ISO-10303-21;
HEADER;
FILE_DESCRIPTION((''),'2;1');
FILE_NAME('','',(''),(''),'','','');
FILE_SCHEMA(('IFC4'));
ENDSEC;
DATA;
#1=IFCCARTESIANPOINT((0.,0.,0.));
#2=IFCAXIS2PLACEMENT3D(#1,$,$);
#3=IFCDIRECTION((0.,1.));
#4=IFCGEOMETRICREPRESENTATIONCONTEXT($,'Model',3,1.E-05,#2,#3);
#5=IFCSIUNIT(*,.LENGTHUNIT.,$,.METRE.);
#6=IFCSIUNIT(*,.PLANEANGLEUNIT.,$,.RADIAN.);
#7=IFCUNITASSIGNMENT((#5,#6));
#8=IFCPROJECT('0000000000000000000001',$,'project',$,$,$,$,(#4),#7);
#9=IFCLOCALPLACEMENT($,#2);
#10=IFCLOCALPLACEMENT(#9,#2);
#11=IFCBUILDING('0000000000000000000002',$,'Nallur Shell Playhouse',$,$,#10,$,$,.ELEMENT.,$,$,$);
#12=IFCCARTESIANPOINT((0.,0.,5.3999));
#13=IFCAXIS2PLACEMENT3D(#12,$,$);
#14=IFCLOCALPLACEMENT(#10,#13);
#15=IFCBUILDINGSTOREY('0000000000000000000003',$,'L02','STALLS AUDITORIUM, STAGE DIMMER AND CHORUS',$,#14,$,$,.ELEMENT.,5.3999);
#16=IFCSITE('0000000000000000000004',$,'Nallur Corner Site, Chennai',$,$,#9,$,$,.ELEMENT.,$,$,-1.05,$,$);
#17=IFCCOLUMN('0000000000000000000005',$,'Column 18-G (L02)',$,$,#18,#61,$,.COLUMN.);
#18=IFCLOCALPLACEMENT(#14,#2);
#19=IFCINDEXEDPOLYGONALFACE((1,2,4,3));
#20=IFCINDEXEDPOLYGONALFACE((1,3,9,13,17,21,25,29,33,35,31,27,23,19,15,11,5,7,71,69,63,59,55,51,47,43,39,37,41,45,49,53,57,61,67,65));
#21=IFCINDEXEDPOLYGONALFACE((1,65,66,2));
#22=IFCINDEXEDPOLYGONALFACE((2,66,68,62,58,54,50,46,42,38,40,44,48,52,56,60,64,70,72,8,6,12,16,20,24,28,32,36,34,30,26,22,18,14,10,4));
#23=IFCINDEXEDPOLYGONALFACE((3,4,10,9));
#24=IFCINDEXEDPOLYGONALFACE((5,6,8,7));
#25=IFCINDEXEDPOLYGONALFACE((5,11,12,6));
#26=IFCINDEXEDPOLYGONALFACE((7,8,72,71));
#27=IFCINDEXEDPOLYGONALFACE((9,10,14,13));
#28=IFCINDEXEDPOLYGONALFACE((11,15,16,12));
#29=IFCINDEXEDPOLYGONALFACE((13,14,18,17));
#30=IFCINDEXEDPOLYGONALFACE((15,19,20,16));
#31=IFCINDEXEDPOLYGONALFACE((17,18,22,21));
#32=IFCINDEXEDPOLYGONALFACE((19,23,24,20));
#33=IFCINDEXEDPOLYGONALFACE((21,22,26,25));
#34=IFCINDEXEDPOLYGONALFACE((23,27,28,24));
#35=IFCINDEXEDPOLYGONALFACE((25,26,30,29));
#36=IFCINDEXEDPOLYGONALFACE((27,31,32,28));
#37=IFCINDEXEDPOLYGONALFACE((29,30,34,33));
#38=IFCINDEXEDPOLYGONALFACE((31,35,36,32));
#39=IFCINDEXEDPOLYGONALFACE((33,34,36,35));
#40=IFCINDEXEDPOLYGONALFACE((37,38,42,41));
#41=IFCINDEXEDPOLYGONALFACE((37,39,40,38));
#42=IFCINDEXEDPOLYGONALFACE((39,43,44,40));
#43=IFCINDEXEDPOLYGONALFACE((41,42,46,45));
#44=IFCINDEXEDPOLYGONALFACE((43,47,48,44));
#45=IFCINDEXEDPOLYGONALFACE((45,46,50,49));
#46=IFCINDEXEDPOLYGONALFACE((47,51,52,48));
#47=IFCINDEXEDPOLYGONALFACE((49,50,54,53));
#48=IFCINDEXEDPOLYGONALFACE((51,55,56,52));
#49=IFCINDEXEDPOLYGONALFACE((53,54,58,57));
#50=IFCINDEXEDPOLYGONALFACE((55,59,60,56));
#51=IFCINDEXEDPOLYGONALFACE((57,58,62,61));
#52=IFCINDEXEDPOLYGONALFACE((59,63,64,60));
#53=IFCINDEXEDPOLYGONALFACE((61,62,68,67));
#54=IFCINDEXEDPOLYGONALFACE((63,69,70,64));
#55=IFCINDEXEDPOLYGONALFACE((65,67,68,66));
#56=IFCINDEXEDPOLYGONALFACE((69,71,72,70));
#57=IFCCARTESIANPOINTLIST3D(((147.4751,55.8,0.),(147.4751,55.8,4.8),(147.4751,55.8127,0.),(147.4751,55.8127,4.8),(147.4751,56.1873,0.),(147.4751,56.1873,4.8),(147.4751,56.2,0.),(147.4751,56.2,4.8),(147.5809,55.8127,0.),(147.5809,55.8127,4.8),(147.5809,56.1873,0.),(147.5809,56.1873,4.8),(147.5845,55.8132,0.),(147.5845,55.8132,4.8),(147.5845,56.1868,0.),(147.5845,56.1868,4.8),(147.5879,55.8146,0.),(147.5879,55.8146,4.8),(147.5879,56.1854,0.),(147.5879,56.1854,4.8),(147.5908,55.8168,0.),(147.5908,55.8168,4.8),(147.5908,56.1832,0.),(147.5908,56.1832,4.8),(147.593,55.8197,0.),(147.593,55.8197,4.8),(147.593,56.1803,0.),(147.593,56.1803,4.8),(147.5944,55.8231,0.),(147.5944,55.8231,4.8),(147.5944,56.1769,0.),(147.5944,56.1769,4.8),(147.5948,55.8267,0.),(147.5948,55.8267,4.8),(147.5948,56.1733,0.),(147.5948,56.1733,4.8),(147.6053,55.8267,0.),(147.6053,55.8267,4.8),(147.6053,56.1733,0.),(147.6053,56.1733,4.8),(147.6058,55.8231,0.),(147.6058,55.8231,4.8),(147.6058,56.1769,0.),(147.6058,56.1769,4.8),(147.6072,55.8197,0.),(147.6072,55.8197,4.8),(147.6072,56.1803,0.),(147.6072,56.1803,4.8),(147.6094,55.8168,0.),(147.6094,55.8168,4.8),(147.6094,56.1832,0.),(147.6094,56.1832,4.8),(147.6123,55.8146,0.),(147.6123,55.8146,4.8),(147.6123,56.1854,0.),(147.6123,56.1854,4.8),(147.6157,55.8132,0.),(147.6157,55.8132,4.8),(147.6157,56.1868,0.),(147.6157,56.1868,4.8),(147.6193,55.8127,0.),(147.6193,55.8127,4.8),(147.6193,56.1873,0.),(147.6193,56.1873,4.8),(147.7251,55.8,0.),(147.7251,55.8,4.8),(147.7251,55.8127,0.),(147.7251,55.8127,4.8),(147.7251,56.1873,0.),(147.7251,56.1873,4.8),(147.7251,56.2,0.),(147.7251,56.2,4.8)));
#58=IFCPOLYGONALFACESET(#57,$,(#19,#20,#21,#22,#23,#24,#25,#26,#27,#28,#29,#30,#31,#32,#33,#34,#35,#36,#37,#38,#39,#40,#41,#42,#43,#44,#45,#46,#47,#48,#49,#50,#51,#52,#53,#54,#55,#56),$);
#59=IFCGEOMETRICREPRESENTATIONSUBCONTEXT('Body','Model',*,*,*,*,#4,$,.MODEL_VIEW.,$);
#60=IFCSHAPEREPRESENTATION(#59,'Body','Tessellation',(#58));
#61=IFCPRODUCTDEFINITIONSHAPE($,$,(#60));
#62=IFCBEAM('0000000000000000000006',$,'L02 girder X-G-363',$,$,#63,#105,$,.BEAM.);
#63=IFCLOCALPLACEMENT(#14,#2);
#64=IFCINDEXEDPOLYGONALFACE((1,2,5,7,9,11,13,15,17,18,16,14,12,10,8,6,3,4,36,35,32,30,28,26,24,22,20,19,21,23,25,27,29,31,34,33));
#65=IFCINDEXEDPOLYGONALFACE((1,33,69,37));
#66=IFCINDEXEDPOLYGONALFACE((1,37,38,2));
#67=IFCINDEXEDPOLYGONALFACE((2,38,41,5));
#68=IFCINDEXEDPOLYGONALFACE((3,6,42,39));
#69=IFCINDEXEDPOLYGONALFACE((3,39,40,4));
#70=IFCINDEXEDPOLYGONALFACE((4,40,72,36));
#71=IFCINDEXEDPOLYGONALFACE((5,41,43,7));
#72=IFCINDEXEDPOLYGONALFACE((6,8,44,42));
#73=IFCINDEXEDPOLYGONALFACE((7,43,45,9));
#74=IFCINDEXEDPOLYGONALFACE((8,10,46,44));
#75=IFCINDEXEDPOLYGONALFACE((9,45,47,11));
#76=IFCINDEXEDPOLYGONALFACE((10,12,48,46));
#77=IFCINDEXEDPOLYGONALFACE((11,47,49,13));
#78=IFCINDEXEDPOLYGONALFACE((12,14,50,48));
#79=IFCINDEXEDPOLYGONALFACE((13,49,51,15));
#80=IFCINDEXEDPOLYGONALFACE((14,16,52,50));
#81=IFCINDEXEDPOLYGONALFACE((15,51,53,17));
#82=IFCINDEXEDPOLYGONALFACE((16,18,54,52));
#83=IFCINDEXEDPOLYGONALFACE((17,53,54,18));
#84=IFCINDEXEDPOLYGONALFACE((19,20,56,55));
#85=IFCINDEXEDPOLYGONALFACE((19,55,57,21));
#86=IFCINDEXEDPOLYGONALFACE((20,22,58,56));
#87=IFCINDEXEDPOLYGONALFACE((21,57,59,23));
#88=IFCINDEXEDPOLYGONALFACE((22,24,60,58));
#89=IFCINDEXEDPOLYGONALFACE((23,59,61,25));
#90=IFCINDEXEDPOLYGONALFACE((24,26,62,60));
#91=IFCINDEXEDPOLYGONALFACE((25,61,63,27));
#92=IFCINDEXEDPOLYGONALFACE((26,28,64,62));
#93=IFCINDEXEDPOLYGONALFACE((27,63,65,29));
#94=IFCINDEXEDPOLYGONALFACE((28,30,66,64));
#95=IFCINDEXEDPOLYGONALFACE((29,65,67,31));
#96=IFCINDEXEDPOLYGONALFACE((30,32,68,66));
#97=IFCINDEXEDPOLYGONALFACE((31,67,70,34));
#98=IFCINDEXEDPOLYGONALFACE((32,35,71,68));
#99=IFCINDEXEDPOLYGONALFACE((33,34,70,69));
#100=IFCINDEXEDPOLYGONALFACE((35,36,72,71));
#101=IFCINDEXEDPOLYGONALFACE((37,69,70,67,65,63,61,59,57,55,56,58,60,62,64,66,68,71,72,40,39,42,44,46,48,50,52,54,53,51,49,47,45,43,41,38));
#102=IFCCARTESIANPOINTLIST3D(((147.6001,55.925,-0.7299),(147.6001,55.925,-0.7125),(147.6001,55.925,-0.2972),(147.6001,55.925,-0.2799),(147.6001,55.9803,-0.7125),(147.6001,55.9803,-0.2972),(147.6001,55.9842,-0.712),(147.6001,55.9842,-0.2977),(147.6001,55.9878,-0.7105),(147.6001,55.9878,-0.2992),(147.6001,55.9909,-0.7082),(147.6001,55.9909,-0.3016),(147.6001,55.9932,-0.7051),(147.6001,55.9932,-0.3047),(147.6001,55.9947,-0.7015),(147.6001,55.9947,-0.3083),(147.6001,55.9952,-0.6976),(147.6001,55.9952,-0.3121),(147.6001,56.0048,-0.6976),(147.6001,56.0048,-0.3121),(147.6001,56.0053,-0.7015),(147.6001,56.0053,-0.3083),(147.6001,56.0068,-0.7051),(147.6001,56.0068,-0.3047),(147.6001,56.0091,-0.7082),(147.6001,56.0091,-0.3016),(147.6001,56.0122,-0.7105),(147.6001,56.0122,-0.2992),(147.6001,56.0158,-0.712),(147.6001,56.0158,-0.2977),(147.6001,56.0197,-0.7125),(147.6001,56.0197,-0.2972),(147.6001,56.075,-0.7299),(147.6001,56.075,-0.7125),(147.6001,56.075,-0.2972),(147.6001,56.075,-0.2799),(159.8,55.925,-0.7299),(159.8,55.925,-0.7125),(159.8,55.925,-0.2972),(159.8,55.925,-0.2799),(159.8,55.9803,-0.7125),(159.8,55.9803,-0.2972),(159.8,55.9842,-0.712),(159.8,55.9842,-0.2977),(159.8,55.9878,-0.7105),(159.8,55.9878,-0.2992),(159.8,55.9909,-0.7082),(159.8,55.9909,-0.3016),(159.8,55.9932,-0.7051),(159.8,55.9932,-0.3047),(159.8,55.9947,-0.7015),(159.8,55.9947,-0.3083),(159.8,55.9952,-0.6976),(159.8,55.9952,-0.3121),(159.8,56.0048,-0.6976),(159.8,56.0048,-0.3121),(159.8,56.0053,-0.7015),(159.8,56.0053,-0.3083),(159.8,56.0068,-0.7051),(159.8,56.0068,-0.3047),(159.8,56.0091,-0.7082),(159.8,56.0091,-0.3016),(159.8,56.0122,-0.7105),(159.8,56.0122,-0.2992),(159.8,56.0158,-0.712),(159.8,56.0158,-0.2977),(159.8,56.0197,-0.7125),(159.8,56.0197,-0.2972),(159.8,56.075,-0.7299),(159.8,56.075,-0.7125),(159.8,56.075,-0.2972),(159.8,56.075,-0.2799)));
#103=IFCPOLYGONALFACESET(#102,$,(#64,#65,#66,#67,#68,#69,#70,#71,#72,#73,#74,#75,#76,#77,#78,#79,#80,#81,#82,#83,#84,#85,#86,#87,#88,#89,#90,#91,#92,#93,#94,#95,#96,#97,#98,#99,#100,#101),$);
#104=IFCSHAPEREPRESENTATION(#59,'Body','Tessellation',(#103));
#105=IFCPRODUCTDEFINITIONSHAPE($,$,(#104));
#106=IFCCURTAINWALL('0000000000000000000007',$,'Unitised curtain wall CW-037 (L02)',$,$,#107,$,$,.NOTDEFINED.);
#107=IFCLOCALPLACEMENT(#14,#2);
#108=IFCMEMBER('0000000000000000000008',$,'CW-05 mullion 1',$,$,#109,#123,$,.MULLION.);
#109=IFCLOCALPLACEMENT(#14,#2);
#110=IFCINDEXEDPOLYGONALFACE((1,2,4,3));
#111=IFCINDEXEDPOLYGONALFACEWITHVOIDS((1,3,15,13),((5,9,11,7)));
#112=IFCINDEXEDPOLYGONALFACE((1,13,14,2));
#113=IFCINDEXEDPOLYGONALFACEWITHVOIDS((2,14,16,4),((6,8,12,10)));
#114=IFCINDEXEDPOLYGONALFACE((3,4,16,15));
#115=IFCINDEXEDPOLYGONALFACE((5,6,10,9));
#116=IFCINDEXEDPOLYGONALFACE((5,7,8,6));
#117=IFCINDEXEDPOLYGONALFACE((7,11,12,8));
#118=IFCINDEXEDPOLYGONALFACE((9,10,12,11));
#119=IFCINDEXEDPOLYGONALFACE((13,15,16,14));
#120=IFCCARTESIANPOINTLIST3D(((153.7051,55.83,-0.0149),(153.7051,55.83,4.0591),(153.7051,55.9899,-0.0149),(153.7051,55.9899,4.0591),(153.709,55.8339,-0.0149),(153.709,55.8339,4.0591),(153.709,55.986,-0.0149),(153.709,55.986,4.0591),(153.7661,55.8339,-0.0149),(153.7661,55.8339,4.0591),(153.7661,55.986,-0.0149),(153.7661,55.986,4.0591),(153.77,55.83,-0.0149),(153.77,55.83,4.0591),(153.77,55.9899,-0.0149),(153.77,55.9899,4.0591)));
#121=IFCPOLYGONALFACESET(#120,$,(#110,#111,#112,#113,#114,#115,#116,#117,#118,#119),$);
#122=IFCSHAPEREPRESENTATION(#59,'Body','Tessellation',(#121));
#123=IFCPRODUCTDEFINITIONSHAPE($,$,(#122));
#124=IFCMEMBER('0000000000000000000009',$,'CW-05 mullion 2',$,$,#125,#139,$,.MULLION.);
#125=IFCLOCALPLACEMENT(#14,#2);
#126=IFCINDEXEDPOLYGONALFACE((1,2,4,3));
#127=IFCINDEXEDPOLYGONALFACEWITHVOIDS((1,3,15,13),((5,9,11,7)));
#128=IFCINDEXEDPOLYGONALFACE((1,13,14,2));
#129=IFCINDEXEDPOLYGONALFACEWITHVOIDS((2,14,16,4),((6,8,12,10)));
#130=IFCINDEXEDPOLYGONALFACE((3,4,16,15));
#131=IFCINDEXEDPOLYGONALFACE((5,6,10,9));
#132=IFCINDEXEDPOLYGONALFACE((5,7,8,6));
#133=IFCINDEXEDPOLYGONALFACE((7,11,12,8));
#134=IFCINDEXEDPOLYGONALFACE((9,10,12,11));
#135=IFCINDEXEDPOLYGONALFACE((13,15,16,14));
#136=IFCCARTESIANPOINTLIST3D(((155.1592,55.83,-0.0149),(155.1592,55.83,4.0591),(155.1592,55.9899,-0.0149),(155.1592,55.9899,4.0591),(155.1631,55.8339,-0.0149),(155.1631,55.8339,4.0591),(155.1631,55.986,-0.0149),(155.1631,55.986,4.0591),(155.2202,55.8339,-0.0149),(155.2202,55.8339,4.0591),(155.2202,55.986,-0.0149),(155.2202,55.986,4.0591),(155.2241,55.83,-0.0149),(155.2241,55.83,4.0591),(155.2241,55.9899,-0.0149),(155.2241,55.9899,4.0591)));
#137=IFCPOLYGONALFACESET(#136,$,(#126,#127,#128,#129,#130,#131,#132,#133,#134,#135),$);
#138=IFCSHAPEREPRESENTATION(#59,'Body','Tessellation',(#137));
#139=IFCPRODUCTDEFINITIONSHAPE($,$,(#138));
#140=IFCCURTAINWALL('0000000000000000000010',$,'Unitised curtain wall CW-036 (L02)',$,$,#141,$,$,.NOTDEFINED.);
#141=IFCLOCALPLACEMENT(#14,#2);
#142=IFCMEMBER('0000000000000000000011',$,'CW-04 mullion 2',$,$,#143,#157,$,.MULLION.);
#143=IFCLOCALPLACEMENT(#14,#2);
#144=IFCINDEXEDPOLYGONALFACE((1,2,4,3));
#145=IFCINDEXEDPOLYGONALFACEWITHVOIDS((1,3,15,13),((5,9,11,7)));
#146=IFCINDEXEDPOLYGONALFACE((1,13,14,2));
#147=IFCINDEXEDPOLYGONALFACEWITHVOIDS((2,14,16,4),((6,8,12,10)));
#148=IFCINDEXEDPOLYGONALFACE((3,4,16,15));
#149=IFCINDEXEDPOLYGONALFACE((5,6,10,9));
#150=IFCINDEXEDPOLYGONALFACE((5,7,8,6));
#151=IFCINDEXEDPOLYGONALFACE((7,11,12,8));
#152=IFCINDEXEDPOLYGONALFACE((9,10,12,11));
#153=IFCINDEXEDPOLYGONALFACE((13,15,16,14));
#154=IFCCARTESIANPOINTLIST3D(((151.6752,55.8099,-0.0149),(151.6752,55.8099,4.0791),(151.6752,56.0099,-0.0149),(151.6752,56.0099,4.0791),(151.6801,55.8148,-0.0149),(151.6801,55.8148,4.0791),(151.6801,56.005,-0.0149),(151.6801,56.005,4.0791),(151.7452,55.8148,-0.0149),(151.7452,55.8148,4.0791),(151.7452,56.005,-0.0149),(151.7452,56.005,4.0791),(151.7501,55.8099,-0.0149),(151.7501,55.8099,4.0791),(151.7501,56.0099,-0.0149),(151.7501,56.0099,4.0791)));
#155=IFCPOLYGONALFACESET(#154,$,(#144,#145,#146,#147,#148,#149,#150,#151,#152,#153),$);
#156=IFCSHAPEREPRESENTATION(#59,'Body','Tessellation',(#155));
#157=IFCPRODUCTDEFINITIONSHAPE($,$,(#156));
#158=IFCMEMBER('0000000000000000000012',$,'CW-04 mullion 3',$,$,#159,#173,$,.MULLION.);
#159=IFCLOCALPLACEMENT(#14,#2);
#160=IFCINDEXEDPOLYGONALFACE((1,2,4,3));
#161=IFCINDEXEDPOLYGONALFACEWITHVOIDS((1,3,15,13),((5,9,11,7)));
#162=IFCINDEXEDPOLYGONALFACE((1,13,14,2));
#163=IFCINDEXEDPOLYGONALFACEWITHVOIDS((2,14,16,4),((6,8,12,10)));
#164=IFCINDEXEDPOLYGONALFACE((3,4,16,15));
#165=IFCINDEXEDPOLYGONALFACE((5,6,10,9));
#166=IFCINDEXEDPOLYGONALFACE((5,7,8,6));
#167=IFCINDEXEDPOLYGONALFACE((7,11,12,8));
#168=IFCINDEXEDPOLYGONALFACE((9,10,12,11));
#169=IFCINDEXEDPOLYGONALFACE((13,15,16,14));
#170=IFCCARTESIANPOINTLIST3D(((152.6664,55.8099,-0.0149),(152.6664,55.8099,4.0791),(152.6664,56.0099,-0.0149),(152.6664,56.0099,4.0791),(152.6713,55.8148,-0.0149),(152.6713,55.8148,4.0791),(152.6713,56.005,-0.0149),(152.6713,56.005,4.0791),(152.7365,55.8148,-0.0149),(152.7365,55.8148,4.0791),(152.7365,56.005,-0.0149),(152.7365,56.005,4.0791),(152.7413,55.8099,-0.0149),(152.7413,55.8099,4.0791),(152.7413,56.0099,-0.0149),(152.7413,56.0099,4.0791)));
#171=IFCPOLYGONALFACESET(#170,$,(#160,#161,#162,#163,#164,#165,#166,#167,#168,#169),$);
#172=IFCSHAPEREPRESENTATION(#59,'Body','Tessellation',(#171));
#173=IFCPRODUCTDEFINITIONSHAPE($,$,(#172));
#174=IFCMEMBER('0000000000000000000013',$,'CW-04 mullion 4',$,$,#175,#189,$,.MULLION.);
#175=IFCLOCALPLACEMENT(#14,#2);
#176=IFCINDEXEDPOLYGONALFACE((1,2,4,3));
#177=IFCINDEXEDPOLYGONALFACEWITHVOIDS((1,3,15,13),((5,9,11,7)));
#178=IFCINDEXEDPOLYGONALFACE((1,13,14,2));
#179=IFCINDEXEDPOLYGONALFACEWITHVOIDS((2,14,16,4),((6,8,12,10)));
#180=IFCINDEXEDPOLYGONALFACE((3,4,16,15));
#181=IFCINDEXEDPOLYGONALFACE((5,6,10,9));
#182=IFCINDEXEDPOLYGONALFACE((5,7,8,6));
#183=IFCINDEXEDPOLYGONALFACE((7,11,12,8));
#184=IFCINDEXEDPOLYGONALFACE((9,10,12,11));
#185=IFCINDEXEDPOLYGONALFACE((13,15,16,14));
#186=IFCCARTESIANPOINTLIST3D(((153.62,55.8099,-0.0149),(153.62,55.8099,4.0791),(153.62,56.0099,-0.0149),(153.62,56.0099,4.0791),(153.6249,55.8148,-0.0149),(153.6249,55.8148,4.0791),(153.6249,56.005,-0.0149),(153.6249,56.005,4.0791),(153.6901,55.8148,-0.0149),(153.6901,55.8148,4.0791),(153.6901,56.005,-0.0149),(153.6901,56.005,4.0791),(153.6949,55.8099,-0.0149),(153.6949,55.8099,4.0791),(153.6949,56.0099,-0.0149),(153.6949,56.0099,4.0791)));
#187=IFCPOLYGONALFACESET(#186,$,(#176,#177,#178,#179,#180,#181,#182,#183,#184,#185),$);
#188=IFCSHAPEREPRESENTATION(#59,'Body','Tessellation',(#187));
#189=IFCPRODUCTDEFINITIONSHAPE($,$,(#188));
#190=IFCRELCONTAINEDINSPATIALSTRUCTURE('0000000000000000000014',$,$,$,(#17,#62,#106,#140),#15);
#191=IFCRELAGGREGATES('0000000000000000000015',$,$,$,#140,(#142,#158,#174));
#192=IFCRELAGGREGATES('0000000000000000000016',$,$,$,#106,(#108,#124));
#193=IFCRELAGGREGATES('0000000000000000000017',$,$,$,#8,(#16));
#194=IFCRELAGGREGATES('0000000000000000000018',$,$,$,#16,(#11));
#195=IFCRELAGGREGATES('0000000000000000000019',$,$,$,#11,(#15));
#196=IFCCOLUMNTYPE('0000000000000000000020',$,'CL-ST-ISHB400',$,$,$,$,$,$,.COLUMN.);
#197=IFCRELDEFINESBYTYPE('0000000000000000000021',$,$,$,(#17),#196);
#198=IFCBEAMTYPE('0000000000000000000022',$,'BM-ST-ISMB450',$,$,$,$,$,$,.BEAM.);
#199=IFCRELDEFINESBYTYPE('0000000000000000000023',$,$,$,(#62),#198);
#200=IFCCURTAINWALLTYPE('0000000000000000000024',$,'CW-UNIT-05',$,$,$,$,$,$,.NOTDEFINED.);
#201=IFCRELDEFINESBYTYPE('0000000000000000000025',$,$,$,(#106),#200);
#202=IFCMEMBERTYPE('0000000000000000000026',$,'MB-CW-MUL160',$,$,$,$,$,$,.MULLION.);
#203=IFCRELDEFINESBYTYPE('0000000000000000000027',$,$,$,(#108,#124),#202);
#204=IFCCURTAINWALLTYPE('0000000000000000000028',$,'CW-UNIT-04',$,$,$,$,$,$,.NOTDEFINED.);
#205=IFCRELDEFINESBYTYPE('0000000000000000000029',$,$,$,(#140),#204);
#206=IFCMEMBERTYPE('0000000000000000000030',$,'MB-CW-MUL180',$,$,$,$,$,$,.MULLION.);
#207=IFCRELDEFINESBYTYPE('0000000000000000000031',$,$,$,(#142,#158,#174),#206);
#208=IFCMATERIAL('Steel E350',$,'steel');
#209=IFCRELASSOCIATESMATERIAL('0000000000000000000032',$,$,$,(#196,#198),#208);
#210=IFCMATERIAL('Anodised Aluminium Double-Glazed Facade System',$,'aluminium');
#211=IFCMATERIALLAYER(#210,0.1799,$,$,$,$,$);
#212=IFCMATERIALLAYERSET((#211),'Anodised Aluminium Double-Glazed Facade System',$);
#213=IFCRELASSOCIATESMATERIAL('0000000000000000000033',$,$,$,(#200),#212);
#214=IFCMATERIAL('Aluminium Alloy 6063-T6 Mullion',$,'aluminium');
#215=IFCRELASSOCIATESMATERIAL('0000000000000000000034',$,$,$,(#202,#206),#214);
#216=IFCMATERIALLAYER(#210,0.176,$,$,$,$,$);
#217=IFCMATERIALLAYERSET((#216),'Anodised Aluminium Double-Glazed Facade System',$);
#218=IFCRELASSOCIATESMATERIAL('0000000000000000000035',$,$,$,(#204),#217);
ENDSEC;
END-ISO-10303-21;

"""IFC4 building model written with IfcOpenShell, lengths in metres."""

from ifc_helpers import new_model, si_unit, direction, frame, origin, origin_2d, place, context, subcontext, project, spatial, hollow_rectangle, i_section, extrude, material, layer, layer_set, material_profile, profile_set, type_object, element, aggregate, save


model = new_model("IFC4")

# Units and contexts
model_context = context("Model", 3, precision=1e-05, world=origin(), true_north=direction((0.0, 1.0)))
body_context = subcontext(model_context, "Body", "Model", "MODEL_VIEW")
ifc_project = project(units=[si_unit("LENGTHUNIT", "METRE"), si_unit("PLANEANGLEUNIT", "RADIAN")], contexts=[model_context])

# Site, building, storey
site_placement = place(None, origin())
site = spatial("IfcSite", under=ifc_project, at=site_placement, Name="Nallur Corner Site, Chennai", CompositionType="ELEMENT", RefElevation=-1.05)
building_placement = place(site_placement, origin())
building = spatial("IfcBuilding", under=site, at=building_placement, Name="Nallur Shell Playhouse", CompositionType="ELEMENT")
storey_placement = place(building_placement, frame((0.0, 0.0, 5.3999)))
storey = spatial("IfcBuildingStorey", under=building, at=storey_placement, Name="L02", Description="STALLS AUDITORIUM, STAGE DIMMER AND CHORUS", CompositionType="ELEMENT", Elevation=5.3999)

# Column
ifc_material_1 = material(Name="Steel E350", Category="steel")
ifc_material_profile_1 = material_profile(ifc_material_1, i_section(OverallWidth=0.25, OverallDepth=0.3999, WebThickness=0.0105, FlangeThickness=0.0127, FilletRadius=0.0139, at=origin_2d()), Name="ISHB 400")
ifc_profile_set_1 = profile_set([ifc_material_profile_1], Name="Steel E350")
column_type = type_object("IfcColumnType", Name="CL-ST-ISHB400", PredefinedType="COLUMN", material=ifc_profile_set_1)
column_placement = place(storey_placement, frame((147.6001, 56.0, 0.0), z_axis=(0.0, 0.0, 1.0), x_axis=(1.0, 0.0, 0.0)))
element("IfcColumn", 1, at=column_placement, inside=storey, type_object=column_type, Name="Column 18-G (L02)", PredefinedType="COLUMN", context=body_context, shape_type="SweptSolid", body=[
    extrude(i_section(OverallWidth=0.25, OverallDepth=0.3999, WebThickness=0.0105, FlangeThickness=0.0127, FilletRadius=0.0139, at=origin_2d()), origin(), (0.0, 0.0, 1.0), 4.8),
])

# Beam
ifc_material_profile_2 = material_profile(ifc_material_1, i_section(OverallWidth=0.1499, OverallDepth=0.45, WebThickness=0.0095, FlangeThickness=0.0173, FilletRadius=0.0149, at=origin_2d()), Name="ISMB 450")
ifc_profile_set_2 = profile_set([ifc_material_profile_2], Name="Steel E350")
beam_type = type_object("IfcBeamType", Name="BM-ST-ISMB450", PredefinedType="BEAM", material=ifc_profile_set_2)
beam_placement = place(storey_placement, frame((147.6001, 56.0, -0.5049), z_axis=(1.0, 0.0, 0.0), x_axis=(0.0, 1.0, 0.0)))
element("IfcBeam", 2, at=beam_placement, inside=storey, type_object=beam_type, Name="L02 girder X-G-363", PredefinedType="BEAM", context=body_context, shape_type="SweptSolid", body=[
    extrude(i_section(OverallWidth=0.1499, OverallDepth=0.45, WebThickness=0.0095, FlangeThickness=0.0173, FilletRadius=0.0149, at=origin_2d()), origin(), (0.0, 0.0, 1.0), 12.2),
])

# Curtain walls, members
ifc_material_2 = material(Name="Anodised Aluminium Double-Glazed Facade System", Category="aluminium")
ifc_layer_1 = layer(ifc_material_2, 0.1799)
ifc_layer_set_1 = layer_set([ifc_layer_1], Name="Anodised Aluminium Double-Glazed Facade System")
curtain_wall_type_1 = type_object("IfcCurtainWallType", Name="CW-UNIT-05", PredefinedType="NOTDEFINED", material=ifc_layer_set_1)
curtain_wall_1_placement = place(storey_placement, origin())
curtain_wall_1 = element("IfcCurtainWall", 3, at=curtain_wall_1_placement, inside=storey, type_object=curtain_wall_type_1, Name="Unitised curtain wall CW-037 (L02)", PredefinedType="NOTDEFINED")
ifc_material_3 = material(Name="Aluminium Alloy 6063-T6 Mullion", Category="aluminium")
ifc_material_profile_3 = material_profile(ifc_material_3, hollow_rectangle(XDim=0.0649, YDim=0.1599, WallThickness=0.0039, at=origin_2d()), Name="ALU 65x160x4")
ifc_profile_set_3 = profile_set([ifc_material_profile_3], Name="Aluminium Alloy 6063-T6 Mullion")
member_type_1 = type_object("IfcMemberType", Name="MB-CW-MUL160", PredefinedType="MULLION", material=ifc_profile_set_3)
member_1_placement = place(storey_placement, frame((153.7375, 55.9099, -0.0149), z_axis=(0.0, 0.0, 1.0), x_axis=(1.0, 0.0, 0.0)))
member_1 = element("IfcMember", 4, at=member_1_placement, type_object=member_type_1, Name="CW-05 mullion 1", PredefinedType="MULLION", context=body_context, shape_type="SweptSolid", body=[
    extrude(hollow_rectangle(XDim=0.0649, YDim=0.1599, WallThickness=0.0039, at=origin_2d()), origin(), (0.0, 0.0, 1.0), 4.074),
])
member_2_placement = place(storey_placement, frame((155.1917, 55.9099, -0.0149), z_axis=(0.0, 0.0, 1.0), x_axis=(1.0, 0.0, 0.0)))
member_2 = element("IfcMember", 5, at=member_2_placement, type_object=member_type_1, Name="CW-05 mullion 2", PredefinedType="MULLION", context=body_context, shape_type="SweptSolid", body=[
    extrude(hollow_rectangle(XDim=0.0649, YDim=0.1599, WallThickness=0.0039, at=origin_2d()), origin(), (0.0, 0.0, 1.0), 4.074),
])
ifc_layer_2 = layer(ifc_material_2, 0.176)
ifc_layer_set_2 = layer_set([ifc_layer_2], Name="Anodised Aluminium Double-Glazed Facade System")
curtain_wall_type_2 = type_object("IfcCurtainWallType", Name="CW-UNIT-04", PredefinedType="NOTDEFINED", material=ifc_layer_set_2)
curtain_wall_2_placement = place(storey_placement, origin())
curtain_wall_2 = element("IfcCurtainWall", 6, at=curtain_wall_2_placement, inside=storey, type_object=curtain_wall_type_2, Name="Unitised curtain wall CW-036 (L02)", PredefinedType="NOTDEFINED")
ifc_material_profile_4 = material_profile(ifc_material_3, hollow_rectangle(XDim=0.075, YDim=0.2, WallThickness=0.0049, at=origin_2d()), Name="ALU 75x200x5")
ifc_profile_set_4 = profile_set([ifc_material_profile_4], Name="Aluminium Alloy 6063-T6 Mullion")
member_type_2 = type_object("IfcMemberType", Name="MB-CW-MUL180", PredefinedType="MULLION", material=ifc_profile_set_4)
member_3_placement = place(storey_placement, frame((151.7126, 55.9099, -0.0149), z_axis=(0.0, 0.0, 1.0), x_axis=(1.0, 0.0, 0.0)))
member_3 = element("IfcMember", 7, at=member_3_placement, type_object=member_type_2, Name="CW-04 mullion 2", PredefinedType="MULLION", context=body_context, shape_type="SweptSolid", body=[
    extrude(hollow_rectangle(XDim=0.075, YDim=0.2, WallThickness=0.0049, at=origin_2d()), origin(), (0.0, 0.0, 1.0), 4.094),
])
member_4_placement = place(storey_placement, frame((152.7039, 55.9099, -0.0149), z_axis=(0.0, 0.0, 1.0), x_axis=(1.0, 0.0, 0.0)))
member_4 = element("IfcMember", 8, at=member_4_placement, type_object=member_type_2, Name="CW-04 mullion 3", PredefinedType="MULLION", context=body_context, shape_type="SweptSolid", body=[
    extrude(hollow_rectangle(XDim=0.075, YDim=0.2, WallThickness=0.0049, at=origin_2d()), origin(), (0.0, 0.0, 1.0), 4.094),
])
member_5_placement = place(storey_placement, frame((153.6575, 55.9099, -0.0149), z_axis=(0.0, 0.0, 1.0), x_axis=(1.0, 0.0, 0.0)))
member_5 = element("IfcMember", 9, at=member_5_placement, type_object=member_type_2, Name="CW-04 mullion 4", PredefinedType="MULLION", context=body_context, shape_type="SweptSolid", body=[
    extrude(hollow_rectangle(XDim=0.075, YDim=0.2, WallThickness=0.0049, at=origin_2d()), origin(), (0.0, 0.0, 1.0), 4.094),
])

aggregate(curtain_wall_2, [member_3, member_4, member_5])
aggregate(curtain_wall_1, [member_1, member_2])

save(model, "model.ifc")
